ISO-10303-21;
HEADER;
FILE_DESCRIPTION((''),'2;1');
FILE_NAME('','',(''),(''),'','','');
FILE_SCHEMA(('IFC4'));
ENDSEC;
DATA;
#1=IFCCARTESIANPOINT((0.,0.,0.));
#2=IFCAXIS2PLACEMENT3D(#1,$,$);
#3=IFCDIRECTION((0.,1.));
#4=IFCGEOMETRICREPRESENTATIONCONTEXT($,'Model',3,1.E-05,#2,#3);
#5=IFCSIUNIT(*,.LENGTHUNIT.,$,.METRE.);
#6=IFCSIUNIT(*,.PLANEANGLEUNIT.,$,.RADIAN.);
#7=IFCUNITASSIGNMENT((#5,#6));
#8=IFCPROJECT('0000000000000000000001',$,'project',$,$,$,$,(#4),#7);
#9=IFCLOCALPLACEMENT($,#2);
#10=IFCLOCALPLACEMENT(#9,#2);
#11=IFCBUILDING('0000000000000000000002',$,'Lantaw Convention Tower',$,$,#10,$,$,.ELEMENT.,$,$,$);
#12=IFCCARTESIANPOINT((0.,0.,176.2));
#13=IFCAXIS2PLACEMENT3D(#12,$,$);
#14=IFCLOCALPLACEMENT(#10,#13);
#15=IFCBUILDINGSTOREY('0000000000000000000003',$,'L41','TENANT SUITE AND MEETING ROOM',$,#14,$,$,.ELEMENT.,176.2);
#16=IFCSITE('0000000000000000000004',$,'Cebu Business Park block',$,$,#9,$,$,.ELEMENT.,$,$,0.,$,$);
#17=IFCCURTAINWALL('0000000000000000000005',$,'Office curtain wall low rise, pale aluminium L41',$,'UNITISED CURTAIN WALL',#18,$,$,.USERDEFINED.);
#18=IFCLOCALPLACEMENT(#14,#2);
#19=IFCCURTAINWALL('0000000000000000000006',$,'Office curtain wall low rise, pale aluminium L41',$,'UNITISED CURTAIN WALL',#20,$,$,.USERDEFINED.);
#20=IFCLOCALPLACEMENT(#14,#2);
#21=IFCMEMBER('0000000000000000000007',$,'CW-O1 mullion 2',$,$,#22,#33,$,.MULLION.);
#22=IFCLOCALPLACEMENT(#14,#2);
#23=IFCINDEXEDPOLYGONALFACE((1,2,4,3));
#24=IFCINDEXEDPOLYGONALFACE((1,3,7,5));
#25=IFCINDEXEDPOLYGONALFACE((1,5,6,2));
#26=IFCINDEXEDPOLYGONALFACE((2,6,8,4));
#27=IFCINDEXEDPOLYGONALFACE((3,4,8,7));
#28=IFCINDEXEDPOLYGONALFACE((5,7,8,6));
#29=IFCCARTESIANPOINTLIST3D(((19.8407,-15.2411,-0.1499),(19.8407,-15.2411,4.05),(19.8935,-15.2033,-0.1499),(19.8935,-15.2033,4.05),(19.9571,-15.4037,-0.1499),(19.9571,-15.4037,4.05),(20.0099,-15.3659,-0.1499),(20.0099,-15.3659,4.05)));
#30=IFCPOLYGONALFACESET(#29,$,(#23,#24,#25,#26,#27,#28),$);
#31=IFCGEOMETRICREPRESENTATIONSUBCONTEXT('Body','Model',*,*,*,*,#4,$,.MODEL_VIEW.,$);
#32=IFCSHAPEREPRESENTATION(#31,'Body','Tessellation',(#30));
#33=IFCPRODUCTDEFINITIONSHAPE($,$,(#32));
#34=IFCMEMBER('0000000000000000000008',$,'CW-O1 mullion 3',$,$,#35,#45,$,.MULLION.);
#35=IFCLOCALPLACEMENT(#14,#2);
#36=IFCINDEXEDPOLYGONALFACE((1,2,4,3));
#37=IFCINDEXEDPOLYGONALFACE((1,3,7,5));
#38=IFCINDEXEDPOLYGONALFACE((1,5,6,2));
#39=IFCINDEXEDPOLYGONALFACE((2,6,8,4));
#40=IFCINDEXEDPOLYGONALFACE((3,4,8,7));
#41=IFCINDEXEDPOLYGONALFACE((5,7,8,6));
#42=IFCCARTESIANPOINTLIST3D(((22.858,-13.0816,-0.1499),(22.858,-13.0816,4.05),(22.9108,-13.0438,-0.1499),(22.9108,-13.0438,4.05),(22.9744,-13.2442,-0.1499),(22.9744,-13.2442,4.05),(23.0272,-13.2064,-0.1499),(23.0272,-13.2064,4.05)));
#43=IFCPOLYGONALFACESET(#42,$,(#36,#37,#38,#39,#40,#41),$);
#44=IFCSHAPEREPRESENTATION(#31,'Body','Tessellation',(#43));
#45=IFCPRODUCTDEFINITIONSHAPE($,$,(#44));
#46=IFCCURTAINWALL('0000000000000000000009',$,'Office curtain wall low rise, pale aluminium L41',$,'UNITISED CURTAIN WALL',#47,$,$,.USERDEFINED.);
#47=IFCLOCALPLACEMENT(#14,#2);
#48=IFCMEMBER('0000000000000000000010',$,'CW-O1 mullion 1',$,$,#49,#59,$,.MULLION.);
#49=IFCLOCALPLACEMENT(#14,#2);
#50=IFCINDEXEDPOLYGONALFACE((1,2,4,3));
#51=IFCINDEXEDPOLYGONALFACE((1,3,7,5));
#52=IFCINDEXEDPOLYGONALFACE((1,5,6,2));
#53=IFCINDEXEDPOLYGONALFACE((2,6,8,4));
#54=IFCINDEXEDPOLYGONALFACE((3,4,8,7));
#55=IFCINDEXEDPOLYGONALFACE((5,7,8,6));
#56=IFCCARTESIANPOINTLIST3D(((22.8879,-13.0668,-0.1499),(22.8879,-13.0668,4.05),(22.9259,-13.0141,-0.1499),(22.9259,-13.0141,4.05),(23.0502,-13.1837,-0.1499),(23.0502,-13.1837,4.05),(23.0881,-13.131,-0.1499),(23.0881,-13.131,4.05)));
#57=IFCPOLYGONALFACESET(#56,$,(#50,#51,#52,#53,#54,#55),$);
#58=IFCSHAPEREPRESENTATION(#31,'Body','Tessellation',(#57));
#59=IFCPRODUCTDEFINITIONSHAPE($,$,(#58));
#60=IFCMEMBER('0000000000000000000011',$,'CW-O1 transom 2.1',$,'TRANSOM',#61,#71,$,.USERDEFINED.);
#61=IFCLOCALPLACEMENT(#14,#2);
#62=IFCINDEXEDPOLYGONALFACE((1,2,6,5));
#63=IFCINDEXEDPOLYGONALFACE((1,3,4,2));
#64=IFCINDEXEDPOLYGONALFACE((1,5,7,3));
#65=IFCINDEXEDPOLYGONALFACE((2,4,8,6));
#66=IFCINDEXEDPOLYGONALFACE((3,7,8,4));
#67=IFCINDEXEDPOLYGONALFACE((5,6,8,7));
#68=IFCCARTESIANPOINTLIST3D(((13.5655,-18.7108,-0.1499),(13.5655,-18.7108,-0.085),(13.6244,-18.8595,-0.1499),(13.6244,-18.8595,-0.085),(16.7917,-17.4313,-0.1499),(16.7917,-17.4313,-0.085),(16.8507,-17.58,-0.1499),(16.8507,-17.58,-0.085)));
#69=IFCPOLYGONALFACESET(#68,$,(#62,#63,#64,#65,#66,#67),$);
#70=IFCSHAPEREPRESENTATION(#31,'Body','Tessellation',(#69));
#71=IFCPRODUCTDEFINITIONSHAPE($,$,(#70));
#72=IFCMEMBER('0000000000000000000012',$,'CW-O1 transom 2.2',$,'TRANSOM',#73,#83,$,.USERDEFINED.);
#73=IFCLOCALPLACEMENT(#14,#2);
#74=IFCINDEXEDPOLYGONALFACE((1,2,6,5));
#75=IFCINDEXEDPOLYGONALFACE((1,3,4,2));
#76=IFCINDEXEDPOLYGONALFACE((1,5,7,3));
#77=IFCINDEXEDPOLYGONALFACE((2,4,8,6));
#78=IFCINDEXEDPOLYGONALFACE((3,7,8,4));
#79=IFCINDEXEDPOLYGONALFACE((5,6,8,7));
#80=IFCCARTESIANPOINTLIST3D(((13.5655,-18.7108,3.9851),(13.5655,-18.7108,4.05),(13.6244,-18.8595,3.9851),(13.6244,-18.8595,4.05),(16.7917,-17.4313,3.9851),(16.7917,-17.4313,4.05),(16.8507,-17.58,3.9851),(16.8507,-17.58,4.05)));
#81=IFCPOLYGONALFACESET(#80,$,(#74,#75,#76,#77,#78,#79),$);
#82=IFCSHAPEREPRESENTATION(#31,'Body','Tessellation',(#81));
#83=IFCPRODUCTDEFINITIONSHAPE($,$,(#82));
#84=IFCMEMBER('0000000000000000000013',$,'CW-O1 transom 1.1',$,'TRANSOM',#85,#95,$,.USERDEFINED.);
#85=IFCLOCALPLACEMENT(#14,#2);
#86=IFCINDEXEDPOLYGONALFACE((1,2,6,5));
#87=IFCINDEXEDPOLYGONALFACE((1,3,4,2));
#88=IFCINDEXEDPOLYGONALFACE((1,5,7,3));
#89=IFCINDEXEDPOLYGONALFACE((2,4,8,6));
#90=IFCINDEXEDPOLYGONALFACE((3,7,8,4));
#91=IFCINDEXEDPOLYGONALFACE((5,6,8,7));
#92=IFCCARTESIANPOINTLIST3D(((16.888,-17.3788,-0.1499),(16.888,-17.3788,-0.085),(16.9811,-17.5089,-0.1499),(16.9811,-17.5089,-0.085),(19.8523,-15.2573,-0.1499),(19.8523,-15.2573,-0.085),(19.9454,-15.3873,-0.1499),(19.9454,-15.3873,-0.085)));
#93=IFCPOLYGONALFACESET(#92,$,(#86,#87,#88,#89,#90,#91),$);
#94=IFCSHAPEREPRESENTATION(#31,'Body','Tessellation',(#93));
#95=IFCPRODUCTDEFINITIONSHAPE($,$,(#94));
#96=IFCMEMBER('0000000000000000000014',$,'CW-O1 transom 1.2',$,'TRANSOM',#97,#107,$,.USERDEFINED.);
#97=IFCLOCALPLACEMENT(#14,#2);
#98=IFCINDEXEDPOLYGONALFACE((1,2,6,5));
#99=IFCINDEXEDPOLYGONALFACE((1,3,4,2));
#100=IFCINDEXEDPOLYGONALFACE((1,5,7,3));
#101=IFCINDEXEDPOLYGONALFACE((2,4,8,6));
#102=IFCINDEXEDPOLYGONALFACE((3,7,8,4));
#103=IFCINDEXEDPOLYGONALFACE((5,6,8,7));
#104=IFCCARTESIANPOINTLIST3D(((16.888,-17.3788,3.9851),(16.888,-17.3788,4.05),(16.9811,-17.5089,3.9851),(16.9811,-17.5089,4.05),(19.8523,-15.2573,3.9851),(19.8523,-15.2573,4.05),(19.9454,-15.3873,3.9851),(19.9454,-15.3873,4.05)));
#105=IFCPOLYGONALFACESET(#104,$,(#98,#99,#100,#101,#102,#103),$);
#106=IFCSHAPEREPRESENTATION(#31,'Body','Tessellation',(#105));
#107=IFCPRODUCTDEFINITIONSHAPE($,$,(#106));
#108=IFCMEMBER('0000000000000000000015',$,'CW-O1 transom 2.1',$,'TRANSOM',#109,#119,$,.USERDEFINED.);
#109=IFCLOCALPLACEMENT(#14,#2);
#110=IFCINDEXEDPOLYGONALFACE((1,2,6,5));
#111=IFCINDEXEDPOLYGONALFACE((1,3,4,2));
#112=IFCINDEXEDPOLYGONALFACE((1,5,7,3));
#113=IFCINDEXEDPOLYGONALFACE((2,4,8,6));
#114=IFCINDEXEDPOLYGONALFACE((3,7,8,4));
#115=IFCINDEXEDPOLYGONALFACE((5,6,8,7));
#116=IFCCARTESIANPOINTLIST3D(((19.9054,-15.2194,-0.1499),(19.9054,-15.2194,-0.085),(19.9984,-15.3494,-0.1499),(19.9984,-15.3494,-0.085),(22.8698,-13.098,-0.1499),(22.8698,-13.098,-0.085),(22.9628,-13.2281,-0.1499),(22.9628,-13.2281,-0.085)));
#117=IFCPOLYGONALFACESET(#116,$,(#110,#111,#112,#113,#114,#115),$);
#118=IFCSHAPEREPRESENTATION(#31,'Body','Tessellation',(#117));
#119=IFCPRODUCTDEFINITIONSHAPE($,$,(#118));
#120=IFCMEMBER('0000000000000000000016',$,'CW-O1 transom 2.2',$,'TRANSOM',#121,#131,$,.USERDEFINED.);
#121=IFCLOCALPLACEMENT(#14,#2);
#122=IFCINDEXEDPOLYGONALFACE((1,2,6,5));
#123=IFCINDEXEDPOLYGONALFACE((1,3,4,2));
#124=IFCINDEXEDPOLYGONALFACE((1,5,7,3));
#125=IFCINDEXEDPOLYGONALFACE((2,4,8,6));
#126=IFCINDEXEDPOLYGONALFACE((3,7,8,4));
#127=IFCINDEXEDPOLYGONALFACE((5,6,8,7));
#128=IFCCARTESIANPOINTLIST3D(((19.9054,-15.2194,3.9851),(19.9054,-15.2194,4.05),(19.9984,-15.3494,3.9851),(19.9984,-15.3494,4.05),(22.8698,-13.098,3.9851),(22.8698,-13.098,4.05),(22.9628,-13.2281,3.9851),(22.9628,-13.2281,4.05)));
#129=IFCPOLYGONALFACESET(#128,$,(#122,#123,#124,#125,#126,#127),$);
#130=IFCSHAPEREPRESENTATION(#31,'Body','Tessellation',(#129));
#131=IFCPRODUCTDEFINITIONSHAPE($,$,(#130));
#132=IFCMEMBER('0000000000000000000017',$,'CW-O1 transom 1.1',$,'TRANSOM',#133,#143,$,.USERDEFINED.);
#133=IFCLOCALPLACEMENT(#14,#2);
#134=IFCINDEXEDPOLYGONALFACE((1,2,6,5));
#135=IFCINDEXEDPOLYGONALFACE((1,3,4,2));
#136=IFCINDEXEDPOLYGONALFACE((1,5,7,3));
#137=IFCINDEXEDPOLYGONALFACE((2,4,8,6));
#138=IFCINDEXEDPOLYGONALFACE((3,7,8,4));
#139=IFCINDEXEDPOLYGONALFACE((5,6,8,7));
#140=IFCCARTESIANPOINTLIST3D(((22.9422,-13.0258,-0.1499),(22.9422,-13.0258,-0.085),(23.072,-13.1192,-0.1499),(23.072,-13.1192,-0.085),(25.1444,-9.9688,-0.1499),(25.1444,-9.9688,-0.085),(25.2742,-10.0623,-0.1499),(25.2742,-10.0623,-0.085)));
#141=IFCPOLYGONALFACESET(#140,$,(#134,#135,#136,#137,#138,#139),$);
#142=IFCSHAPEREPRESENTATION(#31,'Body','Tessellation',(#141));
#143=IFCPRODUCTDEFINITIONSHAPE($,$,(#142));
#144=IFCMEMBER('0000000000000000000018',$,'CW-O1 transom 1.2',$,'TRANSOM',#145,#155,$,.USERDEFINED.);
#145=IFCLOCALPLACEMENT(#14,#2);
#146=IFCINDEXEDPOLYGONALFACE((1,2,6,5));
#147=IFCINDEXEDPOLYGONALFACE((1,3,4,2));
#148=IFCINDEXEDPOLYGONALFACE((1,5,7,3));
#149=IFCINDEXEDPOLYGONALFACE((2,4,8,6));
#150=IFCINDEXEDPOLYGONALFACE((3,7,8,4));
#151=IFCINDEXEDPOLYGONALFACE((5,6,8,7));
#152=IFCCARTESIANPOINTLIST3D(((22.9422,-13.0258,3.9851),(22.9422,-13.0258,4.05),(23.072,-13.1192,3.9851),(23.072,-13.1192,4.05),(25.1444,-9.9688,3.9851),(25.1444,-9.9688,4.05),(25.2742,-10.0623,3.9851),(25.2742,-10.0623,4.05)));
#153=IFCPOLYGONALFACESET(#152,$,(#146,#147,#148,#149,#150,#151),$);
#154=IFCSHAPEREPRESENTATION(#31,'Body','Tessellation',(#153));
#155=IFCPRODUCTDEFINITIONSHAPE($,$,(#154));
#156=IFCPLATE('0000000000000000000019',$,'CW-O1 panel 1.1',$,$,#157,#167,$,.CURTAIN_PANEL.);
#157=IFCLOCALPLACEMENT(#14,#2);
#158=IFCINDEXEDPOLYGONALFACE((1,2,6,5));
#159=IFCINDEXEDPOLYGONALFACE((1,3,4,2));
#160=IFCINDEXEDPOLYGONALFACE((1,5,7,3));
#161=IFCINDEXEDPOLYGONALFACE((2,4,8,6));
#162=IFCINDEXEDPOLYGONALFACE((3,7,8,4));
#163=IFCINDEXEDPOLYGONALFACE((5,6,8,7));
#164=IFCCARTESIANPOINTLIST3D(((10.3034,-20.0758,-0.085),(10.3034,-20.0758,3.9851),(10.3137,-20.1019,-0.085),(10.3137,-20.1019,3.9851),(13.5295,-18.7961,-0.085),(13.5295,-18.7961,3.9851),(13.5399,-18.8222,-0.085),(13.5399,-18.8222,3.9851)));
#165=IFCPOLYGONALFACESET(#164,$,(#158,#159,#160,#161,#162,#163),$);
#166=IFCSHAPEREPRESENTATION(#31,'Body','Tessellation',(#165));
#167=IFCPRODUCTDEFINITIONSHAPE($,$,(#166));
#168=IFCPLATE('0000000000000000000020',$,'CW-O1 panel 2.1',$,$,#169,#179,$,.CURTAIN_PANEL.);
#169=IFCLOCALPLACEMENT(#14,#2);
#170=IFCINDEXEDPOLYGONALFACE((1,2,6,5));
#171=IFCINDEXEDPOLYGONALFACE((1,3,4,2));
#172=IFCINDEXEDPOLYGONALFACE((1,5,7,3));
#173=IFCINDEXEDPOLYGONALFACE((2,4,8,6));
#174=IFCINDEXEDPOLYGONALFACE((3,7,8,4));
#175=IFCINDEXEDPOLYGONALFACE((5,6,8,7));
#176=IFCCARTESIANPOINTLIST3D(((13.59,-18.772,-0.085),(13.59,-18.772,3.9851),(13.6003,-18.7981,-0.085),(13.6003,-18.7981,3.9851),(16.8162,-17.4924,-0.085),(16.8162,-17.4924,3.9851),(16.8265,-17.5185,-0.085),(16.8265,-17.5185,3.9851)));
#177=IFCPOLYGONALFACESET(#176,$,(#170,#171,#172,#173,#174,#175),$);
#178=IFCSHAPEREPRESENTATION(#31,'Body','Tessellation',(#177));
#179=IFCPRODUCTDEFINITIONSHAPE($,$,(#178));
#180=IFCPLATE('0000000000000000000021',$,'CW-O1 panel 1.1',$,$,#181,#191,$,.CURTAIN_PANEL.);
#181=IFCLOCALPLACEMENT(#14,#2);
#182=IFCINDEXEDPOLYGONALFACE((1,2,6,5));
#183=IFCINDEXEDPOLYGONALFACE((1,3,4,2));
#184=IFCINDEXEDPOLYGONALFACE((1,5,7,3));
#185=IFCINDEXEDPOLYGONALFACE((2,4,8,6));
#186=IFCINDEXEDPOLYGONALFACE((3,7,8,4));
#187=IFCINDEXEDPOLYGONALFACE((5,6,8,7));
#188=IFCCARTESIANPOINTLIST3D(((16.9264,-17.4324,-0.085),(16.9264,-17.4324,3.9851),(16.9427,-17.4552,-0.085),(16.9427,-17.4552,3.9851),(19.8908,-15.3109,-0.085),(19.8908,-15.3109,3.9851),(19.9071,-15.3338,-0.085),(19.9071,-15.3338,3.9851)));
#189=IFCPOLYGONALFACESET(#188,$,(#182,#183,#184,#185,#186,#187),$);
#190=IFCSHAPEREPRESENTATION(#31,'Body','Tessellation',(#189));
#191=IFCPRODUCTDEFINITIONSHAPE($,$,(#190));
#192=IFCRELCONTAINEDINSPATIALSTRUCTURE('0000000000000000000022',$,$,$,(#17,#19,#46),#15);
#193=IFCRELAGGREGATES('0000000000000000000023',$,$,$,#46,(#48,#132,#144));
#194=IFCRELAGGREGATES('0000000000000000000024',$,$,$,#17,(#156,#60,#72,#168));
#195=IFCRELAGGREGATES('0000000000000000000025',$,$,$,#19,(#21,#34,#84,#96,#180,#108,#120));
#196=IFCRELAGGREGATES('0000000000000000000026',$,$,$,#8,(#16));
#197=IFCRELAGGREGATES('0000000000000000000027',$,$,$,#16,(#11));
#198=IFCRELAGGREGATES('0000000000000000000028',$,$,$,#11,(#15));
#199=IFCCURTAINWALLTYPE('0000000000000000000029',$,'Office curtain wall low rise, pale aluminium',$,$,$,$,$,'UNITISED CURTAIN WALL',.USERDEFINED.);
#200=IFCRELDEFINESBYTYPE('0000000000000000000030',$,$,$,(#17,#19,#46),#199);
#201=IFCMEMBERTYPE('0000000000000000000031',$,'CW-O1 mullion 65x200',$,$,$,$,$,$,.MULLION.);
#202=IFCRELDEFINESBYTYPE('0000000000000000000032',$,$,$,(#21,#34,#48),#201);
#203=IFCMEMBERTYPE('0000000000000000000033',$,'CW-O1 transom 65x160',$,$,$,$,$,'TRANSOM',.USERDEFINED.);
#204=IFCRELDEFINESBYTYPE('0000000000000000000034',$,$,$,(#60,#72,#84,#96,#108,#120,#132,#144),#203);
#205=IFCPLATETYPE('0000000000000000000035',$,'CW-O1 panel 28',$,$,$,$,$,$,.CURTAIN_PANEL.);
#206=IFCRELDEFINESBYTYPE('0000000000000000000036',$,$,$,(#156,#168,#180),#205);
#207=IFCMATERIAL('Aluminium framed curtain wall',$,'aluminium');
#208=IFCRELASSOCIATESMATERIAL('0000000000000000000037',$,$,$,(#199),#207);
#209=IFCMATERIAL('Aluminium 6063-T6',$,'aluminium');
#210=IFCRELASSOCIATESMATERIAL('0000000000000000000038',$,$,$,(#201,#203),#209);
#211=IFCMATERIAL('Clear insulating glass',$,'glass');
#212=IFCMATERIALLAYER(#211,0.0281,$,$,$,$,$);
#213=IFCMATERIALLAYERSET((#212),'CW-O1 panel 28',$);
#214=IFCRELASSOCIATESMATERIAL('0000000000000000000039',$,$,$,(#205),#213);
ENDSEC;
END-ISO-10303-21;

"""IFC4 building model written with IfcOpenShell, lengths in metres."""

from ifc_helpers import new_model, si_unit, direction, frame, origin, origin_2d, place, context, subcontext, project, spatial, rectangle, extrude, material, layer, layer_set, material_profile, profile_set, type_object, element, aggregate, save


model = new_model("IFC4")

# Units and contexts
model_context = context("Model", 3, precision=1e-05, world=origin(), true_north=direction((0.0, 1.0)))
body_context = subcontext(model_context, "Body", "Model", "MODEL_VIEW")
ifc_project = project(units=[si_unit("LENGTHUNIT", "METRE"), si_unit("PLANEANGLEUNIT", "RADIAN")], contexts=[model_context])

# Site, building, storey
site_placement = place(None, origin())
site = spatial("IfcSite", under=ifc_project, at=site_placement, Name="Cebu Business Park block", CompositionType="ELEMENT", RefElevation=0.0)
building_placement = place(site_placement, origin())
building = spatial("IfcBuilding", under=site, at=building_placement, Name="Lantaw Convention Tower", CompositionType="ELEMENT")
storey_placement = place(building_placement, frame((0.0, 0.0, 176.2)))
storey = spatial("IfcBuildingStorey", under=building, at=storey_placement, Name="L41", Description="TENANT SUITE AND MEETING ROOM", CompositionType="ELEMENT", Elevation=176.2)

# Curtain walls, members
ifc_material_1 = material(Name="Aluminium framed curtain wall", Category="aluminium")
curtain_wall_type = type_object("IfcCurtainWallType", Name="Office curtain wall low rise, pale aluminium", ElementType="UNITISED CURTAIN WALL", PredefinedType="USERDEFINED", material=ifc_material_1)
curtain_wall_1_placement = place(storey_placement, origin())
curtain_wall_1 = element("IfcCurtainWall", 1, at=curtain_wall_1_placement, inside=storey, type_object=curtain_wall_type, Name="Office curtain wall low rise, pale aluminium L41", ObjectType="UNITISED CURTAIN WALL", PredefinedType="USERDEFINED")
ifc_material_2 = material(Name="Aluminium 6063-T6", Category="aluminium")
ifc_material_profile_1 = material_profile(ifc_material_2, rectangle(XDim=0.2, YDim=0.0649, at=origin_2d()), Name="CW-O1 mullion 65x200")
ifc_profile_set_1 = profile_set([ifc_material_profile_1], Name="Aluminium 6063-T6")
member_type_1 = type_object("IfcMemberType", Name="CW-O1 mullion 65x200", PredefinedType="MULLION", material=ifc_profile_set_1)
curtain_wall_2_placement = place(storey_placement, origin())
curtain_wall_2 = element("IfcCurtainWall", 2, at=curtain_wall_2_placement, inside=storey, type_object=curtain_wall_type, Name="Office curtain wall low rise, pale aluminium L41", ObjectType="UNITISED CURTAIN WALL", PredefinedType="USERDEFINED")
member_1_placement = place(storey_placement, frame((19.9253, -15.3035, -0.1499), z_axis=(0.0, 0.0, 1.0), x_axis=(-0.581973, 0.813208, 0.0)))
member_1 = element("IfcMember", 3, at=member_1_placement, type_object=member_type_1, Name="CW-O1 mullion 2", PredefinedType="MULLION", context=body_context, shape_type="SweptSolid", body=[
    extrude(rectangle(XDim=0.2, YDim=0.0649, at=origin_2d()), origin(), (0.0, 0.0, 1.0), 4.2),
])
member_2_placement = place(storey_placement, frame((22.9426, -13.144, -0.1499), z_axis=(0.0, 0.0, 1.0), x_axis=(-0.581973, 0.813208, 0.0)))
member_2 = element("IfcMember", 4, at=member_2_placement, type_object=member_type_1, Name="CW-O1 mullion 3", PredefinedType="MULLION", context=body_context, shape_type="SweptSolid", body=[
    extrude(rectangle(XDim=0.2, YDim=0.0649, at=origin_2d()), origin(), (0.0, 0.0, 1.0), 4.2),
])

# Curtain wall, member
curtain_wall_3_placement = place(storey_placement, origin())
curtain_wall_3 = element("IfcCurtainWall", 5, at=curtain_wall_3_placement, inside=storey, type_object=curtain_wall_type, Name="Office curtain wall low rise, pale aluminium L41", ObjectType="UNITISED CURTAIN WALL", PredefinedType="USERDEFINED")
member_3_placement = place(storey_placement, frame((22.988, -13.0989, -0.1499), z_axis=(0.0, 0.0, 1.0), x_axis=(-0.811385, 0.584513, 0.0)))
member_3 = element("IfcMember", 6, at=member_3_placement, type_object=member_type_1, Name="CW-O1 mullion 1", PredefinedType="MULLION", context=body_context, shape_type="SweptSolid", body=[
    extrude(rectangle(XDim=0.2, YDim=0.0649, at=origin_2d()), origin(), (0.0, 0.0, 1.0), 4.2),
])

# Members
ifc_material_profile_2 = material_profile(ifc_material_2, rectangle(XDim=0.1599, YDim=0.0649, at=origin_2d()), Name="CW-O1 transom 65x160")
ifc_profile_set_2 = profile_set([ifc_material_profile_2], Name="Aluminium 6063-T6")
member_type_2 = type_object("IfcMemberType", Name="CW-O1 transom 65x160", ElementType="TRANSOM", PredefinedType="USERDEFINED", material=ifc_profile_set_2)
member_4_placement = place(storey_placement, frame((13.595, -18.7852, -0.1174), z_axis=(0.929564, 0.36866, 0.0), x_axis=(-0.36866, 0.929564, 0.0)))
member_4 = element("IfcMember", 7, at=member_4_placement, type_object=member_type_2, Name="CW-O1 transom 2.1", ObjectType="TRANSOM", PredefinedType="USERDEFINED", context=body_context, shape_type="SweptSolid", body=[
    extrude(rectangle(XDim=0.1599, YDim=0.0649, at=origin_2d()), origin(), (0.0, 0.0, 1.0), 3.4707),
])
member_5_placement = place(storey_placement, frame((13.595, -18.7852, 4.0176), z_axis=(0.929564, 0.36866, 0.0), x_axis=(-0.36866, 0.929564, 0.0)))
member_5 = element("IfcMember", 8, at=member_5_placement, type_object=member_type_2, Name="CW-O1 transom 2.2", ObjectType="TRANSOM", PredefinedType="USERDEFINED", context=body_context, shape_type="SweptSolid", body=[
    extrude(rectangle(XDim=0.1599, YDim=0.0649, at=origin_2d()), origin(), (0.0, 0.0, 1.0), 3.4707),
])
member_6_placement = place(storey_placement, frame((16.9346, -17.4438, -0.1174), z_axis=(0.81319, 0.581998, 0.0), x_axis=(-0.581998, 0.81319, 0.0)))
member_6 = element("IfcMember", 9, at=member_6_placement, type_object=member_type_2, Name="CW-O1 transom 1.1", ObjectType="TRANSOM", PredefinedType="USERDEFINED", context=body_context, shape_type="SweptSolid", body=[
    extrude(rectangle(XDim=0.1599, YDim=0.0649, at=origin_2d()), origin(), (0.0, 0.0, 1.0), 3.6453),
])
member_7_placement = place(storey_placement, frame((16.9346, -17.4438, 4.0176), z_axis=(0.81319, 0.581998, 0.0), x_axis=(-0.581998, 0.81319, 0.0)))
member_7 = element("IfcMember", 10, at=member_7_placement, type_object=member_type_2, Name="CW-O1 transom 1.2", ObjectType="TRANSOM", PredefinedType="USERDEFINED", context=body_context, shape_type="SweptSolid", body=[
    extrude(rectangle(XDim=0.1599, YDim=0.0649, at=origin_2d()), origin(), (0.0, 0.0, 1.0), 3.6453),
])
member_8_placement = place(storey_placement, frame((19.9519, -15.2844, -0.1174), z_axis=(0.813222, 0.581954, 0.0), x_axis=(-0.581954, 0.813222, 0.0)))
member_8 = element("IfcMember", 11, at=member_8_placement, type_object=member_type_2, Name="CW-O1 transom 2.1", ObjectType="TRANSOM", PredefinedType="USERDEFINED", context=body_context, shape_type="SweptSolid", body=[
    extrude(rectangle(XDim=0.1599, YDim=0.0649, at=origin_2d()), origin(), (0.0, 0.0, 1.0), 3.6453),
])
member_9_placement = place(storey_placement, frame((19.9519, -15.2844, 4.0176), z_axis=(0.813222, 0.581954, 0.0), x_axis=(-0.581954, 0.813222, 0.0)))
member_9 = element("IfcMember", 12, at=member_9_placement, type_object=member_type_2, Name="CW-O1 transom 2.2", ObjectType="TRANSOM", PredefinedType="USERDEFINED", context=body_context, shape_type="SweptSolid", body=[
    extrude(rectangle(XDim=0.1599, YDim=0.0649, at=origin_2d()), origin(), (0.0, 0.0, 1.0), 3.6453),
])
member_10_placement = place(storey_placement, frame((23.0071, -13.0725, -0.1174), z_axis=(0.584513, 0.811384, 0.0), x_axis=(-0.811384, 0.584513, 0.0)))
member_10 = element("IfcMember", 13, at=member_10_placement, type_object=member_type_2, Name="CW-O1 transom 1.1", ObjectType="TRANSOM", PredefinedType="USERDEFINED", context=body_context, shape_type="SweptSolid", body=[
    extrude(rectangle(XDim=0.1599, YDim=0.0649, at=origin_2d()), origin(), (0.0, 0.0, 1.0), 3.7676),
])
member_11_placement = place(storey_placement, frame((23.0071, -13.0725, 4.0176), z_axis=(0.584513, 0.811384, 0.0), x_axis=(-0.811384, 0.584513, 0.0)))
member_11 = element("IfcMember", 14, at=member_11_placement, type_object=member_type_2, Name="CW-O1 transom 1.2", ObjectType="TRANSOM", PredefinedType="USERDEFINED", context=body_context, shape_type="SweptSolid", body=[
    extrude(rectangle(XDim=0.1599, YDim=0.0649, at=origin_2d()), origin(), (0.0, 0.0, 1.0), 3.7676),
])
aggregate(curtain_wall_3, [member_3, member_10, member_11])

# Plates
ifc_material_3 = material(Name="Clear insulating glass", Category="glass")
ifc_layer_1 = layer(ifc_material_3, 0.0281)
ifc_layer_set_1 = layer_set([ifc_layer_1], Name="CW-O1 panel 28")
plate_type_1 = type_object("IfcPlateType", Name="CW-O1 panel 28", PredefinedType="CURTAIN_PANEL", material=ifc_layer_set_1)
plate_1_placement = place(storey_placement, frame((11.9216, -19.449, -0.085), z_axis=(0.0, 0.0, 1.0), x_axis=(0.929548, 0.368702, 0.0)))
plate_1 = element("IfcPlate", 15, at=plate_1_placement, type_object=plate_type_1, Name="CW-O1 panel 1.1", PredefinedType="CURTAIN_PANEL", context=body_context, shape_type="SweptSolid", body=[
    extrude(rectangle(XDim=3.4707, YDim=0.0281, at=origin_2d()), origin(), (0.0, 0.0, 1.0), 4.0701),
])
plate_2_placement = place(storey_placement, frame((15.2083, -18.1453, -0.085), z_axis=(0.0, 0.0, 1.0), x_axis=(0.929548, 0.368702, 0.0)))
plate_2 = element("IfcPlate", 16, at=plate_2_placement, type_object=plate_type_1, Name="CW-O1 panel 2.1", PredefinedType="CURTAIN_PANEL", context=body_context, shape_type="SweptSolid", body=[
    extrude(rectangle(XDim=3.4707, YDim=0.0281, at=origin_2d()), origin(), (0.0, 0.0, 1.0), 4.0701),
])
aggregate(curtain_wall_1, [plate_1, member_4, member_5, plate_2])
plate_3_placement = place(storey_placement, frame((18.4167, -16.3831, -0.085), z_axis=(0.0, 0.0, 1.0), x_axis=(0.813208, 0.581973, 0.0)))
plate_3 = element("IfcPlate", 17, at=plate_3_placement, type_object=plate_type_1, Name="CW-O1 panel 1.1", PredefinedType="CURTAIN_PANEL", context=body_context, shape_type="SweptSolid", body=[
    extrude(rectangle(XDim=3.6453, YDim=0.0281, at=origin_2d()), origin(), (0.0, 0.0, 1.0), 4.0701),
])
aggregate(curtain_wall_2, [member_1, member_2, member_6, member_7, plate_3, member_8, member_9])

save(model, "model.ifc")
